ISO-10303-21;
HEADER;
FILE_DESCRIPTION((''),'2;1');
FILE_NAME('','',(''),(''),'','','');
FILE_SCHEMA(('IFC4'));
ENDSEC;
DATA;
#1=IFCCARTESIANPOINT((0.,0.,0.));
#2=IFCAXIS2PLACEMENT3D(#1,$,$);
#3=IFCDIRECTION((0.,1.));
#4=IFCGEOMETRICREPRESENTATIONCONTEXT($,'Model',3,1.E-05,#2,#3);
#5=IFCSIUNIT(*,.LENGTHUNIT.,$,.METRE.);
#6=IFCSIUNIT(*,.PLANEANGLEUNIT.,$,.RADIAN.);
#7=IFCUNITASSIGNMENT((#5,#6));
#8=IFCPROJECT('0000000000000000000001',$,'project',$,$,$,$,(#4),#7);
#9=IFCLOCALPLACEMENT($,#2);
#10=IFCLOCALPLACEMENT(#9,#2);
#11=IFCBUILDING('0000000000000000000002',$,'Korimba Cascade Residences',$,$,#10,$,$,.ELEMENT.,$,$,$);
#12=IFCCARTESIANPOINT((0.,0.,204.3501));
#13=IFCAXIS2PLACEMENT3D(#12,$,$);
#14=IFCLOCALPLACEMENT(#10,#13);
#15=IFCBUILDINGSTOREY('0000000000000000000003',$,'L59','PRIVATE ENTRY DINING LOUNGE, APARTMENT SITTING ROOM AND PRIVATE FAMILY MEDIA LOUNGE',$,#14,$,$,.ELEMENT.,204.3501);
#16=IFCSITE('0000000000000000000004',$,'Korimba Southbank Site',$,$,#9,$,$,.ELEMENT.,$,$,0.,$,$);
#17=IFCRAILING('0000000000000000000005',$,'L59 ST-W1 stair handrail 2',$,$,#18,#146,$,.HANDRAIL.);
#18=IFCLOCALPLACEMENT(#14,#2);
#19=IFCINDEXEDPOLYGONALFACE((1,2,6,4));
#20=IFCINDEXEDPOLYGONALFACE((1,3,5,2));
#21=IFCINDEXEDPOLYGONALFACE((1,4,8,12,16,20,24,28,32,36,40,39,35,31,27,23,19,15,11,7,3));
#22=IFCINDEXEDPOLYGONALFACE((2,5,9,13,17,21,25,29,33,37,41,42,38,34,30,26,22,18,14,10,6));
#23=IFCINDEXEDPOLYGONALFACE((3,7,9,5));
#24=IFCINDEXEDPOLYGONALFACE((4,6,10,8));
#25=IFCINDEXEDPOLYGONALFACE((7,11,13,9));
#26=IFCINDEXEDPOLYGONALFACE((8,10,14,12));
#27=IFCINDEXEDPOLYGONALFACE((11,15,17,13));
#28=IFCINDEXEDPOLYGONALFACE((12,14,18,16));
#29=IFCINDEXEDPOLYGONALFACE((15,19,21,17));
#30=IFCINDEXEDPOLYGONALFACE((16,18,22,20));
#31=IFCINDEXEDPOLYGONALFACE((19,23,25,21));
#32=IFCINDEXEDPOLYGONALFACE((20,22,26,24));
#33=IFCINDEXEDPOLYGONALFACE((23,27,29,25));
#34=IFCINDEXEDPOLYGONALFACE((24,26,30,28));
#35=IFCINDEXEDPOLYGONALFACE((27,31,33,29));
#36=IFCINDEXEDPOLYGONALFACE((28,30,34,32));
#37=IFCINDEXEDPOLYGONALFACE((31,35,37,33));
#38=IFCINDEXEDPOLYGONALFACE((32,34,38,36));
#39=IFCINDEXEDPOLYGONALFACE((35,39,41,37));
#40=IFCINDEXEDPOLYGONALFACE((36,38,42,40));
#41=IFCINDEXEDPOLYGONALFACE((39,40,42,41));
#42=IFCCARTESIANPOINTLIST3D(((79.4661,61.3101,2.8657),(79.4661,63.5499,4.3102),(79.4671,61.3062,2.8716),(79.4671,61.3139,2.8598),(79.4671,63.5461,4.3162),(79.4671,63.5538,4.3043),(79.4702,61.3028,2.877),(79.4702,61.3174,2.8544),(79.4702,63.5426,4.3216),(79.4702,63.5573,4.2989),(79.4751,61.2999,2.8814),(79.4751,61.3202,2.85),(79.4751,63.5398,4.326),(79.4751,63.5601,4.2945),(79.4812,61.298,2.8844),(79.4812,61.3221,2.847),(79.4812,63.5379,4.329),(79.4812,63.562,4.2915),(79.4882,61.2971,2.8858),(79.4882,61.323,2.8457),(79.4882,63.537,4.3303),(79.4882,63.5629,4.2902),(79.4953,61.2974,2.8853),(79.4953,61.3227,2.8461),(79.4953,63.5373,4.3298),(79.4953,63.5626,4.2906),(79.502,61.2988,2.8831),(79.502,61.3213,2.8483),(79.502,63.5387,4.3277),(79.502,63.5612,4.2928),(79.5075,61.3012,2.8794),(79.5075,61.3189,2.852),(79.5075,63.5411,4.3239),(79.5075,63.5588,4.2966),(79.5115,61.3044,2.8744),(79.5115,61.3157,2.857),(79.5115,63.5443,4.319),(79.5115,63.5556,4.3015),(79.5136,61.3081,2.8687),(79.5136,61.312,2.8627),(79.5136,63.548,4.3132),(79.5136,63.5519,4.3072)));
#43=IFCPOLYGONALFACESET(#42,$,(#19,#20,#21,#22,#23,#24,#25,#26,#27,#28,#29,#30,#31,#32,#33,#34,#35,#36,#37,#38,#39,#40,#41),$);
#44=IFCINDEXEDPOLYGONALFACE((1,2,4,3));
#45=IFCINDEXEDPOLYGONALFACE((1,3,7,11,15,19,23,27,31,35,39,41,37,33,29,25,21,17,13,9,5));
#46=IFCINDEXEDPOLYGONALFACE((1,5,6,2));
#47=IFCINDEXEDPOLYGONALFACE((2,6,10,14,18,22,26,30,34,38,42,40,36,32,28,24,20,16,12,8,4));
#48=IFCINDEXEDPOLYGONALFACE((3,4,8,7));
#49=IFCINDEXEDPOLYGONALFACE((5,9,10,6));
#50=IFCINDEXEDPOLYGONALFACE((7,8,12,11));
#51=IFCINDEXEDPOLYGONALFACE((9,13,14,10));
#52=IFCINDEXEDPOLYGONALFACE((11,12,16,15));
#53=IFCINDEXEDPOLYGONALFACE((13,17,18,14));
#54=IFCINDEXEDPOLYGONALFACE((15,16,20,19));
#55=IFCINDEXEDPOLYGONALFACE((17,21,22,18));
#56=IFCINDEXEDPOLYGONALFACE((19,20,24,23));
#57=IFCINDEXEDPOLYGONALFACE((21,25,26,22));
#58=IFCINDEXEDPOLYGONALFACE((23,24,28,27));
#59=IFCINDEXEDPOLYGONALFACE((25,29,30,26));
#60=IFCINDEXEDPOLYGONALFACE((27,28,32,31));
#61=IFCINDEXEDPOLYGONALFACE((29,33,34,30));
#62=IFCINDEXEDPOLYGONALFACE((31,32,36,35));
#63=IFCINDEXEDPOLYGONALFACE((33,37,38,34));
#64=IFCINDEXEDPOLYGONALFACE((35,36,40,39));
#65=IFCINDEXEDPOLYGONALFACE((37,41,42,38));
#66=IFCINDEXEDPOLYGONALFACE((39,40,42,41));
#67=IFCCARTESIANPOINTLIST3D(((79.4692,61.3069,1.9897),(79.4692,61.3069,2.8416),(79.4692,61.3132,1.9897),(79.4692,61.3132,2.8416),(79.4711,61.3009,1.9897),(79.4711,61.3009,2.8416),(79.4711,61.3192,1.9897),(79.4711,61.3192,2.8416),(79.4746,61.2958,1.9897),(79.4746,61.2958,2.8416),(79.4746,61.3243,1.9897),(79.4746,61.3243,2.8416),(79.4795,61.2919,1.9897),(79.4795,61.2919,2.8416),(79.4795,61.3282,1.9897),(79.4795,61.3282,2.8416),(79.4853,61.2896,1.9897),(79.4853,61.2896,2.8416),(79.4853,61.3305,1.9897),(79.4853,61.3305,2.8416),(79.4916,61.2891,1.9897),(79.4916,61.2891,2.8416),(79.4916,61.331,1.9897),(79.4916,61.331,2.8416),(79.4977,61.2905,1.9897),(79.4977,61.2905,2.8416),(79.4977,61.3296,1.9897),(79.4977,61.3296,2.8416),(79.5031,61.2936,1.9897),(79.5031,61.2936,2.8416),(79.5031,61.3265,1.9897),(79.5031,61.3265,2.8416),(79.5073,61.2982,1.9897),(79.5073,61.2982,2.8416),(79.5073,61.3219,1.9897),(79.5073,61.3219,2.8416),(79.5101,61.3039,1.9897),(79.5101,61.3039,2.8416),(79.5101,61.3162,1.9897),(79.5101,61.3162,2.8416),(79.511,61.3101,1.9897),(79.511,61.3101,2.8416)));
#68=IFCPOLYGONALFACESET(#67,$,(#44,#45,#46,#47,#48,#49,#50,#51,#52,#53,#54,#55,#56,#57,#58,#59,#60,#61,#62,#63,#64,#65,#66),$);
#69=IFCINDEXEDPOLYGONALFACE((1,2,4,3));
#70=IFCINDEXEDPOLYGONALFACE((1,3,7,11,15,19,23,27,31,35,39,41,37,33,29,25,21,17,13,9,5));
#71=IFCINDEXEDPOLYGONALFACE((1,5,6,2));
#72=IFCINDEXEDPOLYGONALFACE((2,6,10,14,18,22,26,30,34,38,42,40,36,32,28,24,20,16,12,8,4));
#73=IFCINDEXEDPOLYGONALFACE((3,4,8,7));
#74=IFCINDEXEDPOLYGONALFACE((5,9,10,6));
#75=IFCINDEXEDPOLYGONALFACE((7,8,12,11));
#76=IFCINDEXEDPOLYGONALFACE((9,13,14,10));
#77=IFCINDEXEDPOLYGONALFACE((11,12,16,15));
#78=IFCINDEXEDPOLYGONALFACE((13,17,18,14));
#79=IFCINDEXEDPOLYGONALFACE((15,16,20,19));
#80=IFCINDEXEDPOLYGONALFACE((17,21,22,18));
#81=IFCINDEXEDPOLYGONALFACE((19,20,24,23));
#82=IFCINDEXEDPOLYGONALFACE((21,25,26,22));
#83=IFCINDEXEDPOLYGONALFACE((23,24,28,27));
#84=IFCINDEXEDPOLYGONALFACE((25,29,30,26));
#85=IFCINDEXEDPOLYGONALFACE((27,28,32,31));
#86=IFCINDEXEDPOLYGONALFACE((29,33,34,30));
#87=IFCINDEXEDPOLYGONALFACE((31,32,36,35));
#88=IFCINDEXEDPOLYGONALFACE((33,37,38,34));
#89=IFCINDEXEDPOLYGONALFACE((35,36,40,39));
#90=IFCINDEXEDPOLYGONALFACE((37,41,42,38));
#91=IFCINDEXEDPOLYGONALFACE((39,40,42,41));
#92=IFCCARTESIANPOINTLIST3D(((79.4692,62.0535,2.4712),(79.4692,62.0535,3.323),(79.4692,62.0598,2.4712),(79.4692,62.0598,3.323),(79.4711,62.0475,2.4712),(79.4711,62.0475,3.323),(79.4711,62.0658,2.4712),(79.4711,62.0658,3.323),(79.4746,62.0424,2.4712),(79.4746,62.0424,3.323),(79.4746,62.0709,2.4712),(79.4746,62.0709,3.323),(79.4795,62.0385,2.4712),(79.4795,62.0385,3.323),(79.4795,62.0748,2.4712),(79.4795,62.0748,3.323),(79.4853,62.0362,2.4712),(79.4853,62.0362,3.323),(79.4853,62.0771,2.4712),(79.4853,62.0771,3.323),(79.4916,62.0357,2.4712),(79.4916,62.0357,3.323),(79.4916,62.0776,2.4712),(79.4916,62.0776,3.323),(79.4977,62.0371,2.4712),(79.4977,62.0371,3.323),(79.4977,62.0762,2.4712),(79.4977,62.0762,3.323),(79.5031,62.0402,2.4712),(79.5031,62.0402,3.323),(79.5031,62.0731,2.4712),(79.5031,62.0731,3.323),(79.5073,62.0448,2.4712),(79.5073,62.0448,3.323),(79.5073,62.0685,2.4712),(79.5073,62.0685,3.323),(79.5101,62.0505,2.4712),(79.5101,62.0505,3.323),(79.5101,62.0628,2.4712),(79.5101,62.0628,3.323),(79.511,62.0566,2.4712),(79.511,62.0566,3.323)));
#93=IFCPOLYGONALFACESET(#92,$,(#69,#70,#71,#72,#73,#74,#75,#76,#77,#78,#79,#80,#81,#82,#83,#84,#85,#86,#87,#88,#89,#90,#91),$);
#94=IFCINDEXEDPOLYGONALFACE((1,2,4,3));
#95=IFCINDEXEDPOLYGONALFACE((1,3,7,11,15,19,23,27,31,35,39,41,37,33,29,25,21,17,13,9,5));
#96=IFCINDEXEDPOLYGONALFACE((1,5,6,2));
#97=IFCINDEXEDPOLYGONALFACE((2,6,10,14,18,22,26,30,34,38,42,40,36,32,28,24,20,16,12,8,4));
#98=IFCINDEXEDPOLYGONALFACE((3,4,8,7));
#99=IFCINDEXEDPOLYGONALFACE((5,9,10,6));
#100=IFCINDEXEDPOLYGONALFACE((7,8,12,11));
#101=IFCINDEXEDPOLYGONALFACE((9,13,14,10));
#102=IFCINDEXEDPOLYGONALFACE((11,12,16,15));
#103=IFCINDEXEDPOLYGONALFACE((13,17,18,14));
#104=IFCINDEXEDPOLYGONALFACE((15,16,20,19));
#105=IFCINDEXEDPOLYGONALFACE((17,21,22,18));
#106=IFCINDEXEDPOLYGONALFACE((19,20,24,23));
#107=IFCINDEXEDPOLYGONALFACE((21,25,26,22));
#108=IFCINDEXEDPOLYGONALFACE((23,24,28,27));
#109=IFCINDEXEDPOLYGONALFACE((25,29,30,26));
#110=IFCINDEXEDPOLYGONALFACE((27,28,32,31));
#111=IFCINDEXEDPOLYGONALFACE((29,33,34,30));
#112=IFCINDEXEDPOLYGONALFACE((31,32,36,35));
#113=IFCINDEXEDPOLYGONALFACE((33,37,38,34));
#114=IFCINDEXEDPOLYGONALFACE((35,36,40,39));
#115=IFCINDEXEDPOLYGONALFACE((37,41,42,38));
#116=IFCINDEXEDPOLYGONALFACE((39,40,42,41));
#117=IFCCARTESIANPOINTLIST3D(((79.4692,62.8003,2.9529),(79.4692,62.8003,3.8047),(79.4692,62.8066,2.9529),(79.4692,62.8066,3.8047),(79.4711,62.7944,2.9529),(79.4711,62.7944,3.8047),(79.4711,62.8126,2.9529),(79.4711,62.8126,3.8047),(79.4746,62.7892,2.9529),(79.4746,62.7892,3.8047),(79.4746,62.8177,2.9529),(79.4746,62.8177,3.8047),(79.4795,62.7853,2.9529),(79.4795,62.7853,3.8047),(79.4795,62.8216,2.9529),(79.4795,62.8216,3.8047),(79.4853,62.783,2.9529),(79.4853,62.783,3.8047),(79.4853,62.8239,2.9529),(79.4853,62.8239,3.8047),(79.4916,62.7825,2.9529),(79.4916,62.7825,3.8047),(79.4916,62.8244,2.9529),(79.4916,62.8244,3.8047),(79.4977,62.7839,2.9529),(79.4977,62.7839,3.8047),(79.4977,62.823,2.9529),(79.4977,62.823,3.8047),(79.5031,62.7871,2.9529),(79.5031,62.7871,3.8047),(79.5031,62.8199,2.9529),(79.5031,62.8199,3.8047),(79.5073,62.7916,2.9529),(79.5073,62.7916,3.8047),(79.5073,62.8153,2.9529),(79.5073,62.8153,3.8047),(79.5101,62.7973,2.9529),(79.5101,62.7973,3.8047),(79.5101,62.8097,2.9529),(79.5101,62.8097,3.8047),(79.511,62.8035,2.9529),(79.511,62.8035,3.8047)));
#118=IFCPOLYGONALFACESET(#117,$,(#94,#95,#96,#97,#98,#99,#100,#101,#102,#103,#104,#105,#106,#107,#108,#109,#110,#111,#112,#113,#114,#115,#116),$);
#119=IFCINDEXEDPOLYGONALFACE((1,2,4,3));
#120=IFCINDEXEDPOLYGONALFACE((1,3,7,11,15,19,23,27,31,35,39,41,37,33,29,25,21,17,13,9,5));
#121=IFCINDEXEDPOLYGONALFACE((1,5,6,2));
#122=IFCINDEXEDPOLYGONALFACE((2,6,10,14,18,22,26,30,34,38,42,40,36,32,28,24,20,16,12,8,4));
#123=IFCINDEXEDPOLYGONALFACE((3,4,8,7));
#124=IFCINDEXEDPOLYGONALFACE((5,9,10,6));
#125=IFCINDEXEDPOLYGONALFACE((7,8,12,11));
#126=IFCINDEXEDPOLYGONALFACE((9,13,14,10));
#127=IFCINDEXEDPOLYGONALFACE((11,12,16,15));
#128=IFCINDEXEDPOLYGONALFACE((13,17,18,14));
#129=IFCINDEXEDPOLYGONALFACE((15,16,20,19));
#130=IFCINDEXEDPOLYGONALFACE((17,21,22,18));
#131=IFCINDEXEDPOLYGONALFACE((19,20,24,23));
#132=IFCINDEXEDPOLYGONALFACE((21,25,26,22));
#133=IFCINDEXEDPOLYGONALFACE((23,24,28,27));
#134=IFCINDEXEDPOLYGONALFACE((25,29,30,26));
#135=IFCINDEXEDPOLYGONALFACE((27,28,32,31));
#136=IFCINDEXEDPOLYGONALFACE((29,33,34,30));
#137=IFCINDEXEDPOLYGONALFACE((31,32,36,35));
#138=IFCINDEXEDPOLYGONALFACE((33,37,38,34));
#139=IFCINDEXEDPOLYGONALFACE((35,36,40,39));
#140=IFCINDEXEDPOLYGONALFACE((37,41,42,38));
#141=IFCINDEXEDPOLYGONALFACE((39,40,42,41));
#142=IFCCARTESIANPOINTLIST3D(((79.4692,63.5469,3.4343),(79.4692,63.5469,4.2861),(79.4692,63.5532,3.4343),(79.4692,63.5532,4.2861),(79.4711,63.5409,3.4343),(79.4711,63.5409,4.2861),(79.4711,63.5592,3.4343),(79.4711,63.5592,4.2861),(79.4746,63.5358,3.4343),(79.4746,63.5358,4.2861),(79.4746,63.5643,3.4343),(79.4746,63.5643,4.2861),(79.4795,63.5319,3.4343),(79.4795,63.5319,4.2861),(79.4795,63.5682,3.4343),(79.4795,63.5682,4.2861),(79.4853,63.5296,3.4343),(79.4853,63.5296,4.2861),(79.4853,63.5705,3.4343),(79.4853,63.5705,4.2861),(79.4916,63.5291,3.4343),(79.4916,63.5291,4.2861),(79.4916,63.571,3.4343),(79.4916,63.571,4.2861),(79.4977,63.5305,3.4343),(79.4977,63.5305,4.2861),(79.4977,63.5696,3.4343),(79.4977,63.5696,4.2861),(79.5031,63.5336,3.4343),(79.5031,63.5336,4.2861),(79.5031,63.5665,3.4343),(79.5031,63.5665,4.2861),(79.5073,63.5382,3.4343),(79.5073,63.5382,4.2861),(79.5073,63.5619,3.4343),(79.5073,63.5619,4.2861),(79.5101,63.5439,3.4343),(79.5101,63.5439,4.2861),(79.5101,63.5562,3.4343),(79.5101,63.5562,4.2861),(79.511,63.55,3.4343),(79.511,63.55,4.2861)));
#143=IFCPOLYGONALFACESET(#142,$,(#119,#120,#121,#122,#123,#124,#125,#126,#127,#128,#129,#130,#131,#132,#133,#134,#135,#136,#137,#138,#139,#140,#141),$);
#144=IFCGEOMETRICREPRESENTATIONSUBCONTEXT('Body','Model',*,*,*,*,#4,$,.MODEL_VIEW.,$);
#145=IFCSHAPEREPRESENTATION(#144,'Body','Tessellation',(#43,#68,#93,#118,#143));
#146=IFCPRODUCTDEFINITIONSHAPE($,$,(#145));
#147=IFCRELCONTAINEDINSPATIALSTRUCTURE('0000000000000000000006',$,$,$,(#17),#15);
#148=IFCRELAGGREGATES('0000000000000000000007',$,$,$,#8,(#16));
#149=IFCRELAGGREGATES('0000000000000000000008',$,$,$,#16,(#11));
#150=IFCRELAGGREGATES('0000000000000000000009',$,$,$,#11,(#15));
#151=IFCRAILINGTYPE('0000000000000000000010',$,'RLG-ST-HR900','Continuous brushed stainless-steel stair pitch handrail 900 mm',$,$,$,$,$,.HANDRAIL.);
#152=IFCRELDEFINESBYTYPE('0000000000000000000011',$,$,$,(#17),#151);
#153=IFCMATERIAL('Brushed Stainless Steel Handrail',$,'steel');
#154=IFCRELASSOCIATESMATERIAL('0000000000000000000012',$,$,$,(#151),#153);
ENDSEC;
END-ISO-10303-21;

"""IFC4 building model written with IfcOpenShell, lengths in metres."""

from ifc_helpers import new_model, si_unit, direction, frame, origin, origin_2d, place, context, subcontext, project, spatial, circle, extrude, material, type_object, element, save


model = new_model("IFC4")

# Units and contexts
model_context = context("Model", 3, precision=1e-05, world=origin(), true_north=direction((0.0, 1.0)))
body_context = subcontext(model_context, "Body", "Model", "MODEL_VIEW")
ifc_project = project(units=[si_unit("LENGTHUNIT", "METRE"), si_unit("PLANEANGLEUNIT", "RADIAN")], contexts=[model_context])

# Site, building, storey
site_placement = place(None, origin())
site = spatial("IfcSite", under=ifc_project, at=site_placement, Name="Korimba Southbank Site", CompositionType="ELEMENT", RefElevation=0.0)
building_placement = place(site_placement, origin())
building = spatial("IfcBuilding", under=site, at=building_placement, Name="Korimba Cascade Residences", CompositionType="ELEMENT")
storey_placement = place(building_placement, frame((0.0, 0.0, 204.3501)))
storey = spatial("IfcBuildingStorey", under=building, at=storey_placement, Name="L59", Description="PRIVATE ENTRY DINING LOUNGE, APARTMENT SITTING ROOM AND PRIVATE FAMILY MEDIA LOUNGE", CompositionType="ELEMENT", Elevation=204.3501)

# Railing
ifc_material_1 = material(Name="Brushed Stainless Steel Handrail", Category="steel")
railing_type_1 = type_object("IfcRailingType", Name="RLG-ST-HR900", Description="Continuous brushed stainless-steel stair pitch handrail 900 mm", PredefinedType="HANDRAIL", material=ifc_material_1)
railing_1_placement = place(storey_placement, frame((79.49, 61.3101, 1.9897)))
element("IfcRailing", 1, at=railing_1_placement, inside=storey, type_object=railing_type_1, Name="L59 ST-W1 stair handrail 2", PredefinedType="HANDRAIL", context=body_context, shape_type="SweptSolid", body=[
    extrude(circle(Radius=0.0239, at=origin_2d()), frame((0.0, 0.0, 0.876), z_axis=(0.0, 0.840395, 0.541975), x_axis=(-1.0, 0.0, 0.0)), (0.0, 0.0, 1.0), 2.6653),
    extrude(circle(Radius=0.021, at=origin_2d()), origin(), (0.0, 0.0, 1.0), 0.8518),
    extrude(circle(Radius=0.021, at=origin_2d()), frame((0.0, 0.7466, 0.4814)), (0.0, 0.0, 1.0), 0.8518),
    extrude(circle(Radius=0.021, at=origin_2d()), frame((0.0, 1.4934, 0.9631)), (0.0, 0.0, 1.0), 0.8518),
    extrude(circle(Radius=0.021, at=origin_2d()), frame((0.0, 2.24, 1.4446)), (0.0, 0.0, 1.0), 0.8518),
])

save(model, "model.ifc")
